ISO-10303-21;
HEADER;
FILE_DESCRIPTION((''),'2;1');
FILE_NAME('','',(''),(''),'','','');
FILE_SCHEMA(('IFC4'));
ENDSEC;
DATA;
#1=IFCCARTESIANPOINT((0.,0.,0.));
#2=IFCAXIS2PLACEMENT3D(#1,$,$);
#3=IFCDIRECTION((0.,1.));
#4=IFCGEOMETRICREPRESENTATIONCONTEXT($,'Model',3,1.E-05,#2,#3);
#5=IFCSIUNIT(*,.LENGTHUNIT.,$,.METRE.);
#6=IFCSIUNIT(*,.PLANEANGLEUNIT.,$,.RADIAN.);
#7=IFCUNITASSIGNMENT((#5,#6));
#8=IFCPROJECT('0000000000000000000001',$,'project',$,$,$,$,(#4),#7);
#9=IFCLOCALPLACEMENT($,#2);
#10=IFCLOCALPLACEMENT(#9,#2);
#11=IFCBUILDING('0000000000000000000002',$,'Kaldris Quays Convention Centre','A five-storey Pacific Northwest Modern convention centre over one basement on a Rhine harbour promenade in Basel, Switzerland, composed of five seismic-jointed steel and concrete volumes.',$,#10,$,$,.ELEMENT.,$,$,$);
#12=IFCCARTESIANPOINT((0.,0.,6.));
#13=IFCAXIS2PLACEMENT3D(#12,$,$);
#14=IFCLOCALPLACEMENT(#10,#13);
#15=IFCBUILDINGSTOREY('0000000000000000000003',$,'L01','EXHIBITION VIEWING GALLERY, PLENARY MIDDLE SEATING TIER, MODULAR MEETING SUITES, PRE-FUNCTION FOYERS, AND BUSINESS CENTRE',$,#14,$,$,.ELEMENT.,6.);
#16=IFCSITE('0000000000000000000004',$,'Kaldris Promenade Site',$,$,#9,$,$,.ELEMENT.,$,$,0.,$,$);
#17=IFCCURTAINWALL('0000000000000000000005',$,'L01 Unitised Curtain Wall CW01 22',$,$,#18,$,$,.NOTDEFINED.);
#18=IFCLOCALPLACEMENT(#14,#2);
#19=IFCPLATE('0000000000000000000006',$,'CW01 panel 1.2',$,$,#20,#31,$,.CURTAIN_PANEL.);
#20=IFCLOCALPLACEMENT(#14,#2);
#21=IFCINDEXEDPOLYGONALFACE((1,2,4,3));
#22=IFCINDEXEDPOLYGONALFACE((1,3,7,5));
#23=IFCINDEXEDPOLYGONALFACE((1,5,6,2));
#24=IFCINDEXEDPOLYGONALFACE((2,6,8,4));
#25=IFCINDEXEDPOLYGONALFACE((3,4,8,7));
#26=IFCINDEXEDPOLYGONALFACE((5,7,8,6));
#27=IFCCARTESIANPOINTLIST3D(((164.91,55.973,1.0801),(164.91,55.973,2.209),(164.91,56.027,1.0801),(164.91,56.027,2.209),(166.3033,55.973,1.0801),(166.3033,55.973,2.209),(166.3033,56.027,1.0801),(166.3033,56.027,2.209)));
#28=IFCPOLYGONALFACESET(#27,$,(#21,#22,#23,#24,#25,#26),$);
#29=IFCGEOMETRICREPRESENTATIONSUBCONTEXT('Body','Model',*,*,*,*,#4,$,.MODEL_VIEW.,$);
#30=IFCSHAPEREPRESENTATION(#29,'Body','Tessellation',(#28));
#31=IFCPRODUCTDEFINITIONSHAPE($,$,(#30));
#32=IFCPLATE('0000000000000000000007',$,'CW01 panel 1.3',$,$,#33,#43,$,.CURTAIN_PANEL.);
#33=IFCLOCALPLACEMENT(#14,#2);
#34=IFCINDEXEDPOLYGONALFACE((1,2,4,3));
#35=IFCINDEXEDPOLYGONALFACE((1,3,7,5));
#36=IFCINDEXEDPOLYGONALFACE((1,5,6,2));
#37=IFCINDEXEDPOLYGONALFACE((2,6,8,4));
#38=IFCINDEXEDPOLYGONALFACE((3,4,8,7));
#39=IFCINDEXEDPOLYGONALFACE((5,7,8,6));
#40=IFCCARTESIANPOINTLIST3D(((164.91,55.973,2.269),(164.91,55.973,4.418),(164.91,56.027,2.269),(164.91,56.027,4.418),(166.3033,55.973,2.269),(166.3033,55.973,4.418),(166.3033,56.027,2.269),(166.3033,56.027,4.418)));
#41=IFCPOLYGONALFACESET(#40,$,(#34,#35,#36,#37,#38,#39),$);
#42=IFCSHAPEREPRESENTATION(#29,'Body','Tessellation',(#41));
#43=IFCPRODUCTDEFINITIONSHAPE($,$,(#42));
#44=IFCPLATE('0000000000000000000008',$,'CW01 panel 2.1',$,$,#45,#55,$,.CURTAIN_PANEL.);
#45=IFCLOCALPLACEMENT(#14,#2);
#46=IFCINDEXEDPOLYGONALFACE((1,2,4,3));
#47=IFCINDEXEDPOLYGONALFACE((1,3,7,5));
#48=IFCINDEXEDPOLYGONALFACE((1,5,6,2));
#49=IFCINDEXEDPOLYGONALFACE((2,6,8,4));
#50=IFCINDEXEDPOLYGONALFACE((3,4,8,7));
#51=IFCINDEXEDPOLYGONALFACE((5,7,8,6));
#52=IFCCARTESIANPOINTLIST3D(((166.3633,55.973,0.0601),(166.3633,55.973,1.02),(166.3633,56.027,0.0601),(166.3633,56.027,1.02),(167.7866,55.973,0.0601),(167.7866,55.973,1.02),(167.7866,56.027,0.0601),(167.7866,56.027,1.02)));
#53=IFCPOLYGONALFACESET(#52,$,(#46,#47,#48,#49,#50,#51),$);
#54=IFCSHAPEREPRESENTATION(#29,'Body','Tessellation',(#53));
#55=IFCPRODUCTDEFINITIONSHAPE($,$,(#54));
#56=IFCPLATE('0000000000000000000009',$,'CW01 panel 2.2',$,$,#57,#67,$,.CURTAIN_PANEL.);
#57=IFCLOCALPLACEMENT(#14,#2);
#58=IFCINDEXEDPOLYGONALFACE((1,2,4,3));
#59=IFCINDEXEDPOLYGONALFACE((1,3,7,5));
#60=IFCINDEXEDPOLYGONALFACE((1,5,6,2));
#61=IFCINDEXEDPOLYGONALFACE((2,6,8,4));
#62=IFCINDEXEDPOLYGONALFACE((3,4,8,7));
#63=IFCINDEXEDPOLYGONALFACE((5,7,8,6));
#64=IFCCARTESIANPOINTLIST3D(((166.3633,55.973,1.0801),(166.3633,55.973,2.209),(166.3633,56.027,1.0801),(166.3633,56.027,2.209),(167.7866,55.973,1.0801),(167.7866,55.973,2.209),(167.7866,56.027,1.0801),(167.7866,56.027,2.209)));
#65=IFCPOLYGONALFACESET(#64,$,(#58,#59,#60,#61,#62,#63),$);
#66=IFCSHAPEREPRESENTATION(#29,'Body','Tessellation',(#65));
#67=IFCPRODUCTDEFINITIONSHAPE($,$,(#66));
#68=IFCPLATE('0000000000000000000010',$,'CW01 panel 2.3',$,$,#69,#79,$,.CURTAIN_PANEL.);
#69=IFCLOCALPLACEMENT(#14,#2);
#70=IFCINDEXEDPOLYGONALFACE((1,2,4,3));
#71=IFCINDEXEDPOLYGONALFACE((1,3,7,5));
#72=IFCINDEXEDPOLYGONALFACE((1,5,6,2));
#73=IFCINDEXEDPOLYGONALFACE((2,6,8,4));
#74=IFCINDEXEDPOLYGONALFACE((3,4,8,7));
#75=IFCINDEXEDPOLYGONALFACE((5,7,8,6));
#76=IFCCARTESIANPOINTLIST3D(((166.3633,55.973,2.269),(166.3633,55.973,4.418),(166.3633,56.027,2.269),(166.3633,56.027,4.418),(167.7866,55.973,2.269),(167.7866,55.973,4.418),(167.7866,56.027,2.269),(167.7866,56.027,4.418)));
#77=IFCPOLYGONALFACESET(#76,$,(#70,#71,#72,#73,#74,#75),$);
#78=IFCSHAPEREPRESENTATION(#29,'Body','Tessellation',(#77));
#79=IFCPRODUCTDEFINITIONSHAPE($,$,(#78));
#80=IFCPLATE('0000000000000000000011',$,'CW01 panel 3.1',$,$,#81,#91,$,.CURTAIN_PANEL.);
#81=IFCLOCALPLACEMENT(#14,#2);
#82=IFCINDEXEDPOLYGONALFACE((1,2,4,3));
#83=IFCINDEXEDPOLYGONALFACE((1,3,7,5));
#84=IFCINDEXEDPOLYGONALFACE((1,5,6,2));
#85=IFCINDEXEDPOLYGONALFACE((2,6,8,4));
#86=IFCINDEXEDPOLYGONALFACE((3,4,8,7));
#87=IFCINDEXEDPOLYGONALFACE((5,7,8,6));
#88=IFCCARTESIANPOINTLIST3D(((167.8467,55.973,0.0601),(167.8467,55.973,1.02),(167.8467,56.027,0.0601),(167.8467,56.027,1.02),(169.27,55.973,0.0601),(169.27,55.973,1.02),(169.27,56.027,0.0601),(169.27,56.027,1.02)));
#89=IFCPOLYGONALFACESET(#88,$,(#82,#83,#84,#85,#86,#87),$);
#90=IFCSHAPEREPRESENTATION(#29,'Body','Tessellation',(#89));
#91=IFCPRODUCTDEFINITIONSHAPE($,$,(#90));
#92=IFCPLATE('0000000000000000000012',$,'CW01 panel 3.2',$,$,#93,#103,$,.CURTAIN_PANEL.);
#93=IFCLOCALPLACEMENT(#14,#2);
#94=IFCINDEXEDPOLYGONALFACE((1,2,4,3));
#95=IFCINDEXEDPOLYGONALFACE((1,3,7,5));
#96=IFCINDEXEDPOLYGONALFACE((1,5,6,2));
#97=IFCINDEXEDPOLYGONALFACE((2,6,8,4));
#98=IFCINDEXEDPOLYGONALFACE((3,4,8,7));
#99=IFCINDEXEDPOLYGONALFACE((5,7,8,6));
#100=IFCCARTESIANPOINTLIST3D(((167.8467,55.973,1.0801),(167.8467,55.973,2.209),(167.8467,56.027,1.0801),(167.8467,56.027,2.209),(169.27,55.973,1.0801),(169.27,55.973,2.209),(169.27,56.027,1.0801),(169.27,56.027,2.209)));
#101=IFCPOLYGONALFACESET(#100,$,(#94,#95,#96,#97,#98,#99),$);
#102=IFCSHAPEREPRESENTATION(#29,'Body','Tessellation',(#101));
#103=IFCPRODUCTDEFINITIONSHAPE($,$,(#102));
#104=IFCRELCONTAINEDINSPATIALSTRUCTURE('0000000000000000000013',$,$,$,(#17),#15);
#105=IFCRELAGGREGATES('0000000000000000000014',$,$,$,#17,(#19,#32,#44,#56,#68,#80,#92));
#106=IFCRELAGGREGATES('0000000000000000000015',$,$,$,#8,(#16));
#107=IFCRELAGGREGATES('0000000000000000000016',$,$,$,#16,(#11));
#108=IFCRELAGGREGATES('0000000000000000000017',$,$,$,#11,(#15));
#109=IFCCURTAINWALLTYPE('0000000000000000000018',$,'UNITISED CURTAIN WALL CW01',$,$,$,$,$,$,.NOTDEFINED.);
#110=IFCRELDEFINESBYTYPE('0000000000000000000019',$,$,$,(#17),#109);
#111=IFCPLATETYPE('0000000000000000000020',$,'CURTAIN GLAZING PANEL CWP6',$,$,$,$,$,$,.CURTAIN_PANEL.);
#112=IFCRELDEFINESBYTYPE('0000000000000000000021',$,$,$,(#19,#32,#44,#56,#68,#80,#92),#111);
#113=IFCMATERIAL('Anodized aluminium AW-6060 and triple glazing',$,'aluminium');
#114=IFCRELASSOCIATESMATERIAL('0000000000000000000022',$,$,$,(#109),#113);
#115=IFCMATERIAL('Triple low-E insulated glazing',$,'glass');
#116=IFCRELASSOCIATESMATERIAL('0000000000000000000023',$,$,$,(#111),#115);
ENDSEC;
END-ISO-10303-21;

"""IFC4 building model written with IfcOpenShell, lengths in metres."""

from ifc_helpers import new_model, si_unit, direction, frame, origin, origin_2d, place, context, subcontext, project, spatial, rectangle, extrude, material, type_object, element, aggregate, save


model = new_model("IFC4")

# Units and contexts
model_context = context("Model", 3, precision=1e-05, world=origin(), true_north=direction((0.0, 1.0)))
body_context = subcontext(model_context, "Body", "Model", "MODEL_VIEW")
ifc_project = project(units=[si_unit("LENGTHUNIT", "METRE"), si_unit("PLANEANGLEUNIT", "RADIAN")], contexts=[model_context])

# Site, building, storey
site_placement = place(None, origin())
site = spatial("IfcSite", under=ifc_project, at=site_placement, Name="Kaldris Promenade Site", CompositionType="ELEMENT", RefElevation=0.0)
building_placement = place(site_placement, origin())
building = spatial("IfcBuilding", under=site, at=building_placement, Name="Kaldris Quays Convention Centre", Description="A five-storey Pacific Northwest Modern convention centre over one basement on a Rhine harbour promenade in Basel, Switzerland, composed of five seismic-jointed steel and concrete volumes.", CompositionType="ELEMENT")
storey_placement = place(building_placement, frame((0.0, 0.0, 6.0)))
storey = spatial("IfcBuildingStorey", under=building, at=storey_placement, Name="L01", Description="EXHIBITION VIEWING GALLERY, PLENARY MIDDLE SEATING TIER, MODULAR MEETING SUITES, PRE-FUNCTION FOYERS, AND BUSINESS CENTRE", CompositionType="ELEMENT", Elevation=6.0)

# Curtain wall
ifc_material_1 = material(Name="Anodized aluminium AW-6060 and triple glazing", Category="aluminium")
curtain_wall_type = type_object("IfcCurtainWallType", Name="UNITISED CURTAIN WALL CW01", PredefinedType="NOTDEFINED", material=ifc_material_1)
curtain_wall_placement = place(storey_placement, origin())
curtain_wall = element("IfcCurtainWall", 1, at=curtain_wall_placement, inside=storey, type_object=curtain_wall_type, Name="L01 Unitised Curtain Wall CW01 22", PredefinedType="NOTDEFINED")

# Plates
ifc_material_2 = material(Name="Triple low-E insulated glazing", Category="glass")
plate_type = type_object("IfcPlateType", Name="CURTAIN GLAZING PANEL CWP6", PredefinedType="CURTAIN_PANEL", material=ifc_material_2)
plate_1_placement = place(storey_placement, frame((165.6067, 56.0, 1.0801), z_axis=(0.0, 0.0, 1.0), x_axis=(1.0, 0.0, 0.0)))
plate_1 = element("IfcPlate", 2, at=plate_1_placement, type_object=plate_type, Name="CW01 panel 1.2", PredefinedType="CURTAIN_PANEL", context=body_context, shape_type="SweptSolid", body=[
    extrude(rectangle(XDim=1.3933, YDim=0.054, at=origin_2d()), origin(), (0.0, 0.0, 1.0), 1.1289),
])
plate_2_placement = place(storey_placement, frame((165.6067, 56.0, 2.269), z_axis=(0.0, 0.0, 1.0), x_axis=(1.0, 0.0, 0.0)))
plate_2 = element("IfcPlate", 3, at=plate_2_placement, type_object=plate_type, Name="CW01 panel 1.3", PredefinedType="CURTAIN_PANEL", context=body_context, shape_type="SweptSolid", body=[
    extrude(rectangle(XDim=1.3933, YDim=0.054, at=origin_2d()), origin(), (0.0, 0.0, 1.0), 2.1489),
])
plate_3_placement = place(storey_placement, frame((167.075, 56.0, 0.0601), z_axis=(0.0, 0.0, 1.0), x_axis=(1.0, 0.0, 0.0)))
plate_3 = element("IfcPlate", 4, at=plate_3_placement, type_object=plate_type, Name="CW01 panel 2.1", PredefinedType="CURTAIN_PANEL", context=body_context, shape_type="SweptSolid", body=[
    extrude(rectangle(XDim=1.4233, YDim=0.054, at=origin_2d()), origin(), (0.0, 0.0, 1.0), 0.96),
])
plate_4_placement = place(storey_placement, frame((167.075, 56.0, 1.0801), z_axis=(0.0, 0.0, 1.0), x_axis=(1.0, 0.0, 0.0)))
plate_4 = element("IfcPlate", 5, at=plate_4_placement, type_object=plate_type, Name="CW01 panel 2.2", PredefinedType="CURTAIN_PANEL", context=body_context, shape_type="SweptSolid", body=[
    extrude(rectangle(XDim=1.4233, YDim=0.054, at=origin_2d()), origin(), (0.0, 0.0, 1.0), 1.1289),
])
plate_5_placement = place(storey_placement, frame((167.075, 56.0, 2.269), z_axis=(0.0, 0.0, 1.0), x_axis=(1.0, 0.0, 0.0)))
plate_5 = element("IfcPlate", 6, at=plate_5_placement, type_object=plate_type, Name="CW01 panel 2.3", PredefinedType="CURTAIN_PANEL", context=body_context, shape_type="SweptSolid", body=[
    extrude(rectangle(XDim=1.4233, YDim=0.054, at=origin_2d()), origin(), (0.0, 0.0, 1.0), 2.1489),
])
plate_6_placement = place(storey_placement, frame((168.5583, 56.0, 0.0601), z_axis=(0.0, 0.0, 1.0), x_axis=(1.0, 0.0, 0.0)))
plate_6 = element("IfcPlate", 7, at=plate_6_placement, type_object=plate_type, Name="CW01 panel 3.1", PredefinedType="CURTAIN_PANEL", context=body_context, shape_type="SweptSolid", body=[
    extrude(rectangle(XDim=1.4233, YDim=0.054, at=origin_2d()), origin(), (0.0, 0.0, 1.0), 0.96),
])
plate_7_placement = place(storey_placement, frame((168.5583, 56.0, 1.0801), z_axis=(0.0, 0.0, 1.0), x_axis=(1.0, 0.0, 0.0)))
plate_7 = element("IfcPlate", 8, at=plate_7_placement, type_object=plate_type, Name="CW01 panel 3.2", PredefinedType="CURTAIN_PANEL", context=body_context, shape_type="SweptSolid", body=[
    extrude(rectangle(XDim=1.4233, YDim=0.054, at=origin_2d()), origin(), (0.0, 0.0, 1.0), 1.1289),
])
aggregate(curtain_wall, [plate_1, plate_2, plate_3, plate_4, plate_5, plate_6, plate_7])

save(model, "model.ifc")
